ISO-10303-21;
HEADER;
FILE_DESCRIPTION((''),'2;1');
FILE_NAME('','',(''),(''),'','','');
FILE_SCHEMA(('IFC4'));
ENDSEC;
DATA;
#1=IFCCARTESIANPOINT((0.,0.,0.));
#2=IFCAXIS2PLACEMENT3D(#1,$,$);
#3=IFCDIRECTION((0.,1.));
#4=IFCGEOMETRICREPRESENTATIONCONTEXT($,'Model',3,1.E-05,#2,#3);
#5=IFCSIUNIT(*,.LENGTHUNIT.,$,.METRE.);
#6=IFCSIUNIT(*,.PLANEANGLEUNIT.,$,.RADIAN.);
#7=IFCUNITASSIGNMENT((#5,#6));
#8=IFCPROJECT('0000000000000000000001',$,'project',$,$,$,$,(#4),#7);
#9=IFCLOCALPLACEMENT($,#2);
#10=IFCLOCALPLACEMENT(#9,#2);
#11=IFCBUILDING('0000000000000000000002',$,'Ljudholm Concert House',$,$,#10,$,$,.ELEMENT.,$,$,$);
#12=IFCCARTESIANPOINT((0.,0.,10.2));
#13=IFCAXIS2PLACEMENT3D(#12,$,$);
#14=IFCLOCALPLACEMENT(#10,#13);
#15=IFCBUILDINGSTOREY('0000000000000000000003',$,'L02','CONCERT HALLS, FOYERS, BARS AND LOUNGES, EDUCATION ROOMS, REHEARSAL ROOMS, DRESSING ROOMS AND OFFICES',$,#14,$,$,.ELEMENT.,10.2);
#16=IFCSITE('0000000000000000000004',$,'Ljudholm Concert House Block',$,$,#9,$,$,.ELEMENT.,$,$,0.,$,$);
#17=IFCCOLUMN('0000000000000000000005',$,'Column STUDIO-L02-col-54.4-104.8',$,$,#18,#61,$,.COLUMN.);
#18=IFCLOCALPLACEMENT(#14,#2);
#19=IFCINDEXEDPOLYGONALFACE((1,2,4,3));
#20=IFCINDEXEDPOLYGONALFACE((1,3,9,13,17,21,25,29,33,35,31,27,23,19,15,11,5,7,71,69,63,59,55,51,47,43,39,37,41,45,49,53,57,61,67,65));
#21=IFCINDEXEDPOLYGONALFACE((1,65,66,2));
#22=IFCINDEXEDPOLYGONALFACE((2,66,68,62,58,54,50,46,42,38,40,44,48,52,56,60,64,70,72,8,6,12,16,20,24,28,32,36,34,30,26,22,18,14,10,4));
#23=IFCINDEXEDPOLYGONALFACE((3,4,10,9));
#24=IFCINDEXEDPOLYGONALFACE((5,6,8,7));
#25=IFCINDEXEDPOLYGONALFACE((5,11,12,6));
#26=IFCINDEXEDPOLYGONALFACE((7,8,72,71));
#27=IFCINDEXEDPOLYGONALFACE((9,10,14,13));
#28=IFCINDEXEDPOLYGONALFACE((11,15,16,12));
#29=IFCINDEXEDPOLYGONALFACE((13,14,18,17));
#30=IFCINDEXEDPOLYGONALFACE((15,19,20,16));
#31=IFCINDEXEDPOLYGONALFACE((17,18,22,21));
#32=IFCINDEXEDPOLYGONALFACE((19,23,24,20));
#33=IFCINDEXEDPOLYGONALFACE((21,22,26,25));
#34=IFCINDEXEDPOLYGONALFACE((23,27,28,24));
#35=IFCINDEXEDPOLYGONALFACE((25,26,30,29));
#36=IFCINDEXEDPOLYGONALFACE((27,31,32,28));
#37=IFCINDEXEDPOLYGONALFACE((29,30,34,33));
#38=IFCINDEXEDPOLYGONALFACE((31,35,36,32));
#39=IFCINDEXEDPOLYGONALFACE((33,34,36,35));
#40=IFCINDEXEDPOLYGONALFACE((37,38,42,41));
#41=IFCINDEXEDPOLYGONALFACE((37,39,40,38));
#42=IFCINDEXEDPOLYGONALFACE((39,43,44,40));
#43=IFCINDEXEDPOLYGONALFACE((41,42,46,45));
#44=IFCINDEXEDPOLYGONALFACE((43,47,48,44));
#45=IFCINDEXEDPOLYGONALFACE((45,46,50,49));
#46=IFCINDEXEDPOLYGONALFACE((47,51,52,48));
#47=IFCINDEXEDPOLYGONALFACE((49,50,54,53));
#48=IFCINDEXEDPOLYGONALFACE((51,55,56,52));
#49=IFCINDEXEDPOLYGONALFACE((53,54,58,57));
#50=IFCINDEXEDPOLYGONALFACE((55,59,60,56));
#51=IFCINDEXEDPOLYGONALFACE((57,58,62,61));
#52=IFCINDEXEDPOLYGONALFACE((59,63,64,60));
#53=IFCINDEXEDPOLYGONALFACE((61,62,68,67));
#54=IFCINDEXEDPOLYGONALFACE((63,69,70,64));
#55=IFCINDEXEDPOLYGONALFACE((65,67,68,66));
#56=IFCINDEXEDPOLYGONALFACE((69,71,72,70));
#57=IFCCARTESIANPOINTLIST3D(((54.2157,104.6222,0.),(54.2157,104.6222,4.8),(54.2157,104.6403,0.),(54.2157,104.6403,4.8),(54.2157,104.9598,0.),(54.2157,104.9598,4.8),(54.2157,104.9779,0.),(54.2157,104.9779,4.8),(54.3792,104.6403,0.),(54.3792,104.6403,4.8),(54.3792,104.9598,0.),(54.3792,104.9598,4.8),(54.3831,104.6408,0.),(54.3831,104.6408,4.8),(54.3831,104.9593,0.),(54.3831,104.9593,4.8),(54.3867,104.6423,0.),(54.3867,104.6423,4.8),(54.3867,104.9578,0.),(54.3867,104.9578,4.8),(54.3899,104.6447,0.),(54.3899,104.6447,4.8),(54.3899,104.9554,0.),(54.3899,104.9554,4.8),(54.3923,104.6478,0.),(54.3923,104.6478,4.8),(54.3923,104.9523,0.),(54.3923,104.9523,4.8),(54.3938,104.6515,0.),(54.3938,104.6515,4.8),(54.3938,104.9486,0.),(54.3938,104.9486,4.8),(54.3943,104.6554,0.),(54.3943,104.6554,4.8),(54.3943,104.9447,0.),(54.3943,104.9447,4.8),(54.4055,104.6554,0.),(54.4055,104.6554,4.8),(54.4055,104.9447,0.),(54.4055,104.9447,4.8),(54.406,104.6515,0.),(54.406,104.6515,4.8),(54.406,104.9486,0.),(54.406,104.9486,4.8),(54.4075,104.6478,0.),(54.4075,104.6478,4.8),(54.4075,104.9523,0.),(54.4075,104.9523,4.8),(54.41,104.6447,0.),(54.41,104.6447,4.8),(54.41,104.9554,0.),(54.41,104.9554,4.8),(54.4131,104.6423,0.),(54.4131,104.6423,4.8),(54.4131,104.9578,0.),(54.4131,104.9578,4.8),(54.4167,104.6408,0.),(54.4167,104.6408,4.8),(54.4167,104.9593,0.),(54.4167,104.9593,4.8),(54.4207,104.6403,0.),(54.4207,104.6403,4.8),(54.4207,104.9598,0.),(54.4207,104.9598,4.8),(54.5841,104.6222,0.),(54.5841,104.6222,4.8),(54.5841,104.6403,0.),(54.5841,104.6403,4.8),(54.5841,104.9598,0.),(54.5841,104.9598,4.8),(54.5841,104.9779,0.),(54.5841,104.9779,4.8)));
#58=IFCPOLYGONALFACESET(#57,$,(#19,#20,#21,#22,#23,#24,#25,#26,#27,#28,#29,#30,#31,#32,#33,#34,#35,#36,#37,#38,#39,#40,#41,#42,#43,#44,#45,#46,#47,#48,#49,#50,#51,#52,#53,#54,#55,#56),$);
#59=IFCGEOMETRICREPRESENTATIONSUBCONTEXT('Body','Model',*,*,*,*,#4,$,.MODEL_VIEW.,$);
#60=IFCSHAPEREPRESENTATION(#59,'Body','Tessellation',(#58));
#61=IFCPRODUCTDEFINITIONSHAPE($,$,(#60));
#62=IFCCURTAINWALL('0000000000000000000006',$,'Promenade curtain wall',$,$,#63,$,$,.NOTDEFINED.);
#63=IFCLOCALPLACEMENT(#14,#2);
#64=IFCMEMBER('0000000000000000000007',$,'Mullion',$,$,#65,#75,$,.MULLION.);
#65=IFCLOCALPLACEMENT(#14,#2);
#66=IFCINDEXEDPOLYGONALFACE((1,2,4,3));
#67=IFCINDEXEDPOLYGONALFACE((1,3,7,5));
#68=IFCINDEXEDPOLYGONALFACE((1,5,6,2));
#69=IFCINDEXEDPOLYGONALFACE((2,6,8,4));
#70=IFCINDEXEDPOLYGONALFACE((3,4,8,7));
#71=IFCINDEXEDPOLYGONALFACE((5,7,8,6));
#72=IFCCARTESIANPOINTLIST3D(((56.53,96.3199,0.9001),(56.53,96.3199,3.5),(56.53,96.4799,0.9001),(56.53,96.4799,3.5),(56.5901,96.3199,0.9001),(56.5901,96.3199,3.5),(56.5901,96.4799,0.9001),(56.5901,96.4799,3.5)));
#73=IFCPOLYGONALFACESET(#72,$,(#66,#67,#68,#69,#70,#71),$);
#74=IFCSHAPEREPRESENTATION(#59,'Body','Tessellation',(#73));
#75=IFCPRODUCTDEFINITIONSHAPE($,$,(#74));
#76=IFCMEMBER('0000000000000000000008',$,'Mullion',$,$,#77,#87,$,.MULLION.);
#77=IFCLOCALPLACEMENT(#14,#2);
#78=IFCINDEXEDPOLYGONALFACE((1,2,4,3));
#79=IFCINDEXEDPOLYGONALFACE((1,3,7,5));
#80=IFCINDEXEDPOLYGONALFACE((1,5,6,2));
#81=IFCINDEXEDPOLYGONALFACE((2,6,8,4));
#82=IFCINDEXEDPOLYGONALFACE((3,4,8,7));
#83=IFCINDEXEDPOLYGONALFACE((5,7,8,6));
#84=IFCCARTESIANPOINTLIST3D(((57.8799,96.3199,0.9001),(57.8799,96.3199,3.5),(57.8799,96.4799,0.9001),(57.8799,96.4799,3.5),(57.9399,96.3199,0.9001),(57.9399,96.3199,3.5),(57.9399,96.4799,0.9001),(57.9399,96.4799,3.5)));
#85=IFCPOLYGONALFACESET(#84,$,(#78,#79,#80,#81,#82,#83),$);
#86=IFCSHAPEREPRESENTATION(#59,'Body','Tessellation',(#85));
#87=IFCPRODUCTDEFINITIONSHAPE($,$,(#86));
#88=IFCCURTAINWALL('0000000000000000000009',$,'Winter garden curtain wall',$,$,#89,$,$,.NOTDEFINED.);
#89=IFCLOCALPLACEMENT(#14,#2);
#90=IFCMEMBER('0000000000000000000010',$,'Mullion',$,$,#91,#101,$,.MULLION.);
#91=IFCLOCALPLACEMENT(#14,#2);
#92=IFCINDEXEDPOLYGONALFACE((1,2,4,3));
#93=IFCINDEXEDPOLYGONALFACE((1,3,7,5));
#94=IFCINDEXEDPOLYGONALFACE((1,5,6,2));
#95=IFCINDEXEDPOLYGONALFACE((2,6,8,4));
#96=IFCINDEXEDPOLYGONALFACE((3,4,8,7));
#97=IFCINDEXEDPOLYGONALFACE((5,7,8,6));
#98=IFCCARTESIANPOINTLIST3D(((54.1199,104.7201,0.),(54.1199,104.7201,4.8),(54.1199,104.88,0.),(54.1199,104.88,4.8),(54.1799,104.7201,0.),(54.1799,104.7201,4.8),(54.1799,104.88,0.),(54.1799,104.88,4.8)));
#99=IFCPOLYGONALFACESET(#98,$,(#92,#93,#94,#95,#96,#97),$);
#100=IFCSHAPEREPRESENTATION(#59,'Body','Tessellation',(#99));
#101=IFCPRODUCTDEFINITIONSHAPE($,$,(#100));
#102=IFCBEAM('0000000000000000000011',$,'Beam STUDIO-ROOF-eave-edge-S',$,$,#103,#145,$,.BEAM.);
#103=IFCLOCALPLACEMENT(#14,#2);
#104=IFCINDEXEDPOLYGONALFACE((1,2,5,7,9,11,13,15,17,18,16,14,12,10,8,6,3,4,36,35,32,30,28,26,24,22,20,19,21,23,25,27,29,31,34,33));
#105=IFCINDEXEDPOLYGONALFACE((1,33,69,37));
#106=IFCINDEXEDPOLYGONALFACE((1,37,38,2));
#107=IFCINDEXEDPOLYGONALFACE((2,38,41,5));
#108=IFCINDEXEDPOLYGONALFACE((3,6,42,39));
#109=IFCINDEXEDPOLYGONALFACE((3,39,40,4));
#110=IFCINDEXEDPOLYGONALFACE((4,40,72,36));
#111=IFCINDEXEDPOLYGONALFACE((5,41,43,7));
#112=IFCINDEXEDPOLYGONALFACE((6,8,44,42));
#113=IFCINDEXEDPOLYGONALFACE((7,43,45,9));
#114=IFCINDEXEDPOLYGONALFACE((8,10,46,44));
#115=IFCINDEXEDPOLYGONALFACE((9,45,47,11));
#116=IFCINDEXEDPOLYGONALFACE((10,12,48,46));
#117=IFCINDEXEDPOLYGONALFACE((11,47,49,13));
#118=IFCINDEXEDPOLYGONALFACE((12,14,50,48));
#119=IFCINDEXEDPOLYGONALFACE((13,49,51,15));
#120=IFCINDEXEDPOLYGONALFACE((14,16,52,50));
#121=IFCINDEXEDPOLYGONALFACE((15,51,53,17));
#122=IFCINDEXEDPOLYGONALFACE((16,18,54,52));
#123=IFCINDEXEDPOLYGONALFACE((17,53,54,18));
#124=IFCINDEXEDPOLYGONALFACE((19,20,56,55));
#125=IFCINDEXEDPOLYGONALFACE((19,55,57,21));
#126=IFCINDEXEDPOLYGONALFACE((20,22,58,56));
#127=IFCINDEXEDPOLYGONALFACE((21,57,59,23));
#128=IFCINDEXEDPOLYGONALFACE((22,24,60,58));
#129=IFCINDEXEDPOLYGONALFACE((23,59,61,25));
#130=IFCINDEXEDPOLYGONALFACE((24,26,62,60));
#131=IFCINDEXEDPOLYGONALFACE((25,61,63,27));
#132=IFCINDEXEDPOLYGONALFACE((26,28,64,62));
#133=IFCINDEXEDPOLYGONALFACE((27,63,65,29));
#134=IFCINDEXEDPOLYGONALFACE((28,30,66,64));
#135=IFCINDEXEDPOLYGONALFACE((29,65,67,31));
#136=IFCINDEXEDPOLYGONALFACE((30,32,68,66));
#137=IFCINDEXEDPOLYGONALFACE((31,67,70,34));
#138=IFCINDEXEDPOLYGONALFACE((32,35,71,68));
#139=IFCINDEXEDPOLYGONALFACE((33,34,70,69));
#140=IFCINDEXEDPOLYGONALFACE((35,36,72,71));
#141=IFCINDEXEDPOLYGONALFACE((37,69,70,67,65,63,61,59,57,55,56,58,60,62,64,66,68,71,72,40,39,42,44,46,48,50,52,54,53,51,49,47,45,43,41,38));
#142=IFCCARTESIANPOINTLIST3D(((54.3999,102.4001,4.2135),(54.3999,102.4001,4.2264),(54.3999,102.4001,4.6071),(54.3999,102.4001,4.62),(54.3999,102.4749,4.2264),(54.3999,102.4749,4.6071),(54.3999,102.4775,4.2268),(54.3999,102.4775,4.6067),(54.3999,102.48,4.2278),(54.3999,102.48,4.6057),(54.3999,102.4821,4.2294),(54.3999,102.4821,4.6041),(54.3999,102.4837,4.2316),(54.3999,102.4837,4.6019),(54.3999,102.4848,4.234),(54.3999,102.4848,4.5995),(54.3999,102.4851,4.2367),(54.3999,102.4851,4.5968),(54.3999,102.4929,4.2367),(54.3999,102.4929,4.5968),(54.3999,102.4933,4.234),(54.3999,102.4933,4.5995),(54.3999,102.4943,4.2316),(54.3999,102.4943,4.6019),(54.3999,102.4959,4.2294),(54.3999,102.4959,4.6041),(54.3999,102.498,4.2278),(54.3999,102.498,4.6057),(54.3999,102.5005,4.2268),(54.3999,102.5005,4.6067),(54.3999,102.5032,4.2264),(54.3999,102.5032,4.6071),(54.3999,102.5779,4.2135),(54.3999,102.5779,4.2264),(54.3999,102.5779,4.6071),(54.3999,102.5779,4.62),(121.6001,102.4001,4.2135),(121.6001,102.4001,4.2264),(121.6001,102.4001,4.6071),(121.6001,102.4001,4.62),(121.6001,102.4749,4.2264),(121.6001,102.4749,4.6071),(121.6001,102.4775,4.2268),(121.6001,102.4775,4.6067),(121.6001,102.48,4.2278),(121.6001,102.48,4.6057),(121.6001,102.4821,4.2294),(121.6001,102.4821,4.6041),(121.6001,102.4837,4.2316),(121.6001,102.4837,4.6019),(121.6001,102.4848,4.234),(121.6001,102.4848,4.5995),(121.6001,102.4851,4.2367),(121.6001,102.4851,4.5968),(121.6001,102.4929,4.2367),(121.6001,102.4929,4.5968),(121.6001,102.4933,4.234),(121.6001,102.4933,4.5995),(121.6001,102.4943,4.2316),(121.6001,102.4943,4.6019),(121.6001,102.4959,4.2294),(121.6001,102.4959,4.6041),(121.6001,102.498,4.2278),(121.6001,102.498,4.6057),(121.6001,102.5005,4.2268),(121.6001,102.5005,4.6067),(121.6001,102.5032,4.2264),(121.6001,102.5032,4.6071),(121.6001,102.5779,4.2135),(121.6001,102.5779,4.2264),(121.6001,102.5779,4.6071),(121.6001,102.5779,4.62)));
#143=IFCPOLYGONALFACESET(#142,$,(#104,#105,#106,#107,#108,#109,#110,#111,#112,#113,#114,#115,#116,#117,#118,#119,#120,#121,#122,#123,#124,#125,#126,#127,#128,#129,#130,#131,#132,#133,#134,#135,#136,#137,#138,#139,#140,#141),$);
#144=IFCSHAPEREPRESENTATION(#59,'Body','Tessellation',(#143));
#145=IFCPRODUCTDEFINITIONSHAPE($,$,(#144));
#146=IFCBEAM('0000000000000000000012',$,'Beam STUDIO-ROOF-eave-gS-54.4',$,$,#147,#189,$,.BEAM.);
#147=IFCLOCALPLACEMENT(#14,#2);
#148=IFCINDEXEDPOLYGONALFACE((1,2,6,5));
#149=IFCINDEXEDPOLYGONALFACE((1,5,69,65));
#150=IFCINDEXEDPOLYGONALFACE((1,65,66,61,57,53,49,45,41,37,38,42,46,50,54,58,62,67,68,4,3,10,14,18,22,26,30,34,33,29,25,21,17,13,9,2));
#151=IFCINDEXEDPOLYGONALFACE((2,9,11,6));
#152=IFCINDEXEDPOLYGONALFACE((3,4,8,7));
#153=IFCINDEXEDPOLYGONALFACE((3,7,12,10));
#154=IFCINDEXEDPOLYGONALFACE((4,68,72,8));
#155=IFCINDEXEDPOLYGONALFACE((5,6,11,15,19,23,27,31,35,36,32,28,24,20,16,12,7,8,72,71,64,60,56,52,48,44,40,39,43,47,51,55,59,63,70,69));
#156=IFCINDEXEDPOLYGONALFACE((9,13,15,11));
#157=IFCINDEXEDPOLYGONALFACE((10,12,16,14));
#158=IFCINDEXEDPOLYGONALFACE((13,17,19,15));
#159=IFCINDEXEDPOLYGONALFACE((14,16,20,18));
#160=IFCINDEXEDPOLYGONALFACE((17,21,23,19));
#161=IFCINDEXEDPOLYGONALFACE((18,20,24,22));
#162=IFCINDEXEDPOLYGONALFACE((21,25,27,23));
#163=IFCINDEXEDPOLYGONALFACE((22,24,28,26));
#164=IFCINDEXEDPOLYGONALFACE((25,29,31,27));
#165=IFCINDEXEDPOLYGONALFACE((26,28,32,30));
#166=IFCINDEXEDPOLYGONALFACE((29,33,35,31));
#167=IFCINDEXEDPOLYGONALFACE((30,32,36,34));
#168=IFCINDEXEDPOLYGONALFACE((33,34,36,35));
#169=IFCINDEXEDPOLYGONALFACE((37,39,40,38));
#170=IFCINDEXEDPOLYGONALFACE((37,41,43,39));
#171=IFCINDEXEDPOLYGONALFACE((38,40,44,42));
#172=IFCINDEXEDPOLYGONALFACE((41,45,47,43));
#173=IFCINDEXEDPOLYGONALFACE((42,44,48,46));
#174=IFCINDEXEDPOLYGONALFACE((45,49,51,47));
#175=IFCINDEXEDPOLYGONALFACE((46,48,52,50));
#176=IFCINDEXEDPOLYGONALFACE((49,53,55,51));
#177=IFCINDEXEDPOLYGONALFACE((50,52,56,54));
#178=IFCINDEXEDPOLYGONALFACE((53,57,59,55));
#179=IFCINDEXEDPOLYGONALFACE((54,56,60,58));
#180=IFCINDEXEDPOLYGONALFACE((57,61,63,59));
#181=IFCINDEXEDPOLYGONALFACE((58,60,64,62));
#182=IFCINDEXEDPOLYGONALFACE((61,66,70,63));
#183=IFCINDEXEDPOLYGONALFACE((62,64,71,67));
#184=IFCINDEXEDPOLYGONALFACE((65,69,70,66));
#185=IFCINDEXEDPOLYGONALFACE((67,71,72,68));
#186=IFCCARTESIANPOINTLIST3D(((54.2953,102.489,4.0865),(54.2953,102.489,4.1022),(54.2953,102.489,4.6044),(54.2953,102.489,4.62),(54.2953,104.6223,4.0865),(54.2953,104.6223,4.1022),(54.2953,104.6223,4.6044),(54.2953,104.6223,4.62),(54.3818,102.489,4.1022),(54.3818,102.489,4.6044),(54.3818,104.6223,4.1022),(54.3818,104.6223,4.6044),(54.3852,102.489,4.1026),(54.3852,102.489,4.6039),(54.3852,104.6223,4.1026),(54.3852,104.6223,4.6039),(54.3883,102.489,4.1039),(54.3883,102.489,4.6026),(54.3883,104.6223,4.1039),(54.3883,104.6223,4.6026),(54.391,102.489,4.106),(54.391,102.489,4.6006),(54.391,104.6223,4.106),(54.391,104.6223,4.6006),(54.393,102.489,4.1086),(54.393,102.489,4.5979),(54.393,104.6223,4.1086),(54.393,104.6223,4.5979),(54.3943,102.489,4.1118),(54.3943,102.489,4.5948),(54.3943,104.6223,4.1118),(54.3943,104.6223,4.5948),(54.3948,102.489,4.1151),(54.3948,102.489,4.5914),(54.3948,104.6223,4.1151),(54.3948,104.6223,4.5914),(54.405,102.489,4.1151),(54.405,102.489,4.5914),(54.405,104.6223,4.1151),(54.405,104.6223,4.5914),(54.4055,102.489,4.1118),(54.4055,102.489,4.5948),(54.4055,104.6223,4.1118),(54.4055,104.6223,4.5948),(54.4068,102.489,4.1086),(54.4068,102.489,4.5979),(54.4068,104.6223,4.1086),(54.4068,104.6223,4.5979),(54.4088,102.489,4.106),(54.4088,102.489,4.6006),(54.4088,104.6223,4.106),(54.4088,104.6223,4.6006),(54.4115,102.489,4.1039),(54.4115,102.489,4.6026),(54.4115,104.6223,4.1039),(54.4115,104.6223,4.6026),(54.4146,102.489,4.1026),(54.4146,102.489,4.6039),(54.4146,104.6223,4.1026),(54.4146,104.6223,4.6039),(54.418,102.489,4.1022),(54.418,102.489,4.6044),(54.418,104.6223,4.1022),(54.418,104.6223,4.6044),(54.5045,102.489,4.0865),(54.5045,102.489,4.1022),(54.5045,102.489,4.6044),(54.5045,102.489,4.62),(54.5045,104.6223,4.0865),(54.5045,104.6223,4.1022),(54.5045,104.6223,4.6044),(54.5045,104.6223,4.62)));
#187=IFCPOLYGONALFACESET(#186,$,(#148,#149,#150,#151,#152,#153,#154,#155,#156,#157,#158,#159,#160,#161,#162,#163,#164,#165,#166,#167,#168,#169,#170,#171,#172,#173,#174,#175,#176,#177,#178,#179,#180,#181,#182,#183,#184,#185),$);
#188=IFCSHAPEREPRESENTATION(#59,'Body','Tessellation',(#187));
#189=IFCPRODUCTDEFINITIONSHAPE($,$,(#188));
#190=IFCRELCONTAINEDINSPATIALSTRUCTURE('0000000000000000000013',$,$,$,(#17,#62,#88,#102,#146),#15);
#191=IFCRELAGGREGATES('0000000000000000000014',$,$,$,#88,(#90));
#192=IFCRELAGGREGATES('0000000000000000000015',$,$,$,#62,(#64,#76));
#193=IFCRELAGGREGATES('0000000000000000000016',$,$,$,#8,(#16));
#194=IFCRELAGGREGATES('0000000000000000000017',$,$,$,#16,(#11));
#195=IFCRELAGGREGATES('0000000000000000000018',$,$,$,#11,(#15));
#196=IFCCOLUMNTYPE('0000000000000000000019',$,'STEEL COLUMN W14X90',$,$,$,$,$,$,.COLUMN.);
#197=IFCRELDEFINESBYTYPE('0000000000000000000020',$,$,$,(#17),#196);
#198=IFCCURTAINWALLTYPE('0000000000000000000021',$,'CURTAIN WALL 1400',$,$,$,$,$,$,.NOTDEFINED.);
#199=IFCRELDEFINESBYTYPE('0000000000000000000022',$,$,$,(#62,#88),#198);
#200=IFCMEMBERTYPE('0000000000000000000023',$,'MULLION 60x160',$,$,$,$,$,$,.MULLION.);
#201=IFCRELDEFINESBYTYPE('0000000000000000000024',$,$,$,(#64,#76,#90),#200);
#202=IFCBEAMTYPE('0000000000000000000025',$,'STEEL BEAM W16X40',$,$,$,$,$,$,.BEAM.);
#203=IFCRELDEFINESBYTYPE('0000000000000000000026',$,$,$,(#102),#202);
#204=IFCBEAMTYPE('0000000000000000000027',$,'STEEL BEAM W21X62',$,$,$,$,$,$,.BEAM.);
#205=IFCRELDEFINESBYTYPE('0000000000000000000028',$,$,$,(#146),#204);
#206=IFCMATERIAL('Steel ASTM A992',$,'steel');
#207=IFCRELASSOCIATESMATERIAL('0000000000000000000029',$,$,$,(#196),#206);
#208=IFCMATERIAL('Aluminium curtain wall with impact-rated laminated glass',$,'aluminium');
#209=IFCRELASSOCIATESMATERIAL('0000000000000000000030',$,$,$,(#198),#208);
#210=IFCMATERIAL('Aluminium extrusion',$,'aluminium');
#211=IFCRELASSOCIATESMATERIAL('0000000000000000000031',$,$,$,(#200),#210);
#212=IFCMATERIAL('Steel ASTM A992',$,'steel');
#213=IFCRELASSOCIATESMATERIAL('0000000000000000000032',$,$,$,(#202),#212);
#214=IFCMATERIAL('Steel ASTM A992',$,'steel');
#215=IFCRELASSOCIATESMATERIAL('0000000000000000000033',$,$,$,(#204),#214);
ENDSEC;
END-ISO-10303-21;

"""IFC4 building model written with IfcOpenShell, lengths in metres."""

from ifc_helpers import new_model, si_unit, direction, frame, origin, origin_2d, place, context, subcontext, project, spatial, rectangle, i_section, extrude, material, material_profile, profile_set, type_object, element, aggregate, save


model = new_model("IFC4")

# Units and contexts
model_context = context("Model", 3, precision=1e-05, world=origin(), true_north=direction((0.0, 1.0)))
body_context = subcontext(model_context, "Body", "Model", "MODEL_VIEW")
ifc_project = project(units=[si_unit("LENGTHUNIT", "METRE"), si_unit("PLANEANGLEUNIT", "RADIAN")], contexts=[model_context])

# Site, building, storey
site_placement = place(None, origin())
site = spatial("IfcSite", under=ifc_project, at=site_placement, Name="Ljudholm Concert House Block", CompositionType="ELEMENT", RefElevation=0.0)
building_placement = place(site_placement, origin())
building = spatial("IfcBuilding", under=site, at=building_placement, Name="Ljudholm Concert House", CompositionType="ELEMENT")
storey_placement = place(building_placement, frame((0.0, 0.0, 10.2)))
storey = spatial("IfcBuildingStorey", under=building, at=storey_placement, Name="L02", Description="CONCERT HALLS, FOYERS, BARS AND LOUNGES, EDUCATION ROOMS, REHEARSAL ROOMS, DRESSING ROOMS AND OFFICES", CompositionType="ELEMENT", Elevation=10.2)

# Column
ifc_material_1 = material(Name="Steel ASTM A992", Category="steel")
ifc_material_profile_1 = material_profile(ifc_material_1, i_section(OverallWidth=0.3684, OverallDepth=0.3557, WebThickness=0.0112, FlangeThickness=0.0181, FilletRadius=0.0151, at=origin_2d()), Name="W14X90")
ifc_profile_set_1 = profile_set([ifc_material_profile_1], Name="Steel ASTM A992")
column_type = type_object("IfcColumnType", Name="STEEL COLUMN W14X90", PredefinedType="COLUMN", material=ifc_profile_set_1)
column_placement = place(storey_placement, frame((54.3999, 104.8, 0.0), z_axis=(0.0, 0.0, 1.0), x_axis=(1.0, 0.0, 0.0)))
element("IfcColumn", 1, at=column_placement, inside=storey, type_object=column_type, Name="Column STUDIO-L02-col-54.4-104.8", PredefinedType="COLUMN", context=body_context, shape_type="SweptSolid", body=[
    extrude(i_section(OverallWidth=0.3684, OverallDepth=0.3557, WebThickness=0.0112, FlangeThickness=0.0181, FilletRadius=0.0151, at=origin_2d()), origin(), (0.0, 0.0, 1.0), 4.8),
])

# Curtain wall, members
ifc_material_2 = material(Name="Aluminium curtain wall with impact-rated laminated glass", Category="aluminium")
curtain_wall_type = type_object("IfcCurtainWallType", Name="CURTAIN WALL 1400", PredefinedType="NOTDEFINED", material=ifc_material_2)
curtain_wall_1_placement = place(storey_placement, origin())
curtain_wall_1 = element("IfcCurtainWall", 2, at=curtain_wall_1_placement, inside=storey, type_object=curtain_wall_type, Name="Promenade curtain wall", PredefinedType="NOTDEFINED")
ifc_material_3 = material(Name="Aluminium extrusion", Category="aluminium")
ifc_material_profile_2 = material_profile(ifc_material_3, rectangle(XDim=0.1599, YDim=0.0601, at=origin_2d()), Name="MULLION 60x160")
ifc_profile_set_2 = profile_set([ifc_material_profile_2], Name="Aluminium extrusion")
member_type_1 = type_object("IfcMemberType", Name="MULLION 60x160", PredefinedType="MULLION", material=ifc_profile_set_2)
member_1_placement = place(storey_placement, frame((56.5601, 96.3999, 0.9001), z_axis=(0.0, 0.0, 1.0), x_axis=(0.0, 1.0, 0.0)))
member_1 = element("IfcMember", 3, at=member_1_placement, type_object=member_type_1, Name="Mullion", PredefinedType="MULLION", context=body_context, shape_type="SweptSolid", body=[
    extrude(rectangle(XDim=0.1599, YDim=0.0601, at=origin_2d()), origin(), (0.0, 0.0, 1.0), 2.5999),
])
member_2_placement = place(storey_placement, frame((57.9099, 96.3999, 0.9001), z_axis=(0.0, 0.0, 1.0), x_axis=(0.0, 1.0, 0.0)))
member_2 = element("IfcMember", 4, at=member_2_placement, type_object=member_type_1, Name="Mullion", PredefinedType="MULLION", context=body_context, shape_type="SweptSolid", body=[
    extrude(rectangle(XDim=0.1599, YDim=0.0601, at=origin_2d()), origin(), (0.0, 0.0, 1.0), 2.5999),
])

# Curtain wall, member
curtain_wall_2_placement = place(storey_placement, origin())
curtain_wall_2 = element("IfcCurtainWall", 5, at=curtain_wall_2_placement, inside=storey, type_object=curtain_wall_type, Name="Winter garden curtain wall", PredefinedType="NOTDEFINED")
member_3_placement = place(storey_placement, frame((54.1499, 104.8, 0.0), z_axis=(0.0, 0.0, 1.0), x_axis=(0.0, 1.0, 0.0)))
member_3 = element("IfcMember", 6, at=member_3_placement, type_object=member_type_1, Name="Mullion", PredefinedType="MULLION", context=body_context, shape_type="SweptSolid", body=[
    extrude(rectangle(XDim=0.1599, YDim=0.0601, at=origin_2d()), origin(), (0.0, 0.0, 1.0), 4.8),
])
aggregate(curtain_wall_2, [member_3])

# Beams
ifc_material_4 = material(Name="Steel ASTM A992", Category="steel")
ifc_material_profile_3 = material_profile(ifc_material_4, i_section(OverallWidth=0.1777, OverallDepth=0.4065, WebThickness=0.0078, FlangeThickness=0.0129, FilletRadius=0.0103, at=origin_2d()), Name="W16X40")
ifc_profile_set_3 = profile_set([ifc_material_profile_3], Name="Steel ASTM A992")
beam_type_1 = type_object("IfcBeamType", Name="STEEL BEAM W16X40", PredefinedType="BEAM", material=ifc_profile_set_3)
beam_1_placement = place(storey_placement, frame((54.3999, 102.489, 4.4167), z_axis=(1.0, 0.0, 0.0), x_axis=(0.0, 1.0, 0.0)))
element("IfcBeam", 7, at=beam_1_placement, inside=storey, type_object=beam_type_1, Name="Beam STUDIO-ROOF-eave-edge-S", PredefinedType="BEAM", context=body_context, shape_type="SweptSolid", body=[
    extrude(i_section(OverallWidth=0.1777, OverallDepth=0.4065, WebThickness=0.0078, FlangeThickness=0.0129, FilletRadius=0.0103, at=origin_2d()), origin(), (0.0, 0.0, 1.0), 67.2002),
])
ifc_material_5 = material(Name="Steel ASTM A992", Category="steel")
ifc_material_profile_4 = material_profile(ifc_material_5, i_section(OverallWidth=0.2092, OverallDepth=0.5334, WebThickness=0.0103, FlangeThickness=0.0156, FilletRadius=0.0129, at=origin_2d()), Name="W21X62")
ifc_profile_set_4 = profile_set([ifc_material_profile_4], Name="Steel ASTM A992")
beam_type_2 = type_object("IfcBeamType", Name="STEEL BEAM W21X62", PredefinedType="BEAM", material=ifc_profile_set_4)
beam_2_placement = place(storey_placement, frame((54.3999, 104.6223, 4.3533), z_axis=(0.0, -1.0, 0.0), x_axis=(1.0, 0.0, 0.0)))
element("IfcBeam", 8, at=beam_2_placement, inside=storey, type_object=beam_type_2, Name="Beam STUDIO-ROOF-eave-gS-54.4", PredefinedType="BEAM", context=body_context, shape_type="SweptSolid", body=[
    extrude(i_section(OverallWidth=0.2092, OverallDepth=0.5334, WebThickness=0.0103, FlangeThickness=0.0156, FilletRadius=0.0129, at=origin_2d()), origin(), (0.0, 0.0, 1.0), 2.1333),
])

aggregate(curtain_wall_1, [member_1, member_2])

save(model, "model.ifc")
